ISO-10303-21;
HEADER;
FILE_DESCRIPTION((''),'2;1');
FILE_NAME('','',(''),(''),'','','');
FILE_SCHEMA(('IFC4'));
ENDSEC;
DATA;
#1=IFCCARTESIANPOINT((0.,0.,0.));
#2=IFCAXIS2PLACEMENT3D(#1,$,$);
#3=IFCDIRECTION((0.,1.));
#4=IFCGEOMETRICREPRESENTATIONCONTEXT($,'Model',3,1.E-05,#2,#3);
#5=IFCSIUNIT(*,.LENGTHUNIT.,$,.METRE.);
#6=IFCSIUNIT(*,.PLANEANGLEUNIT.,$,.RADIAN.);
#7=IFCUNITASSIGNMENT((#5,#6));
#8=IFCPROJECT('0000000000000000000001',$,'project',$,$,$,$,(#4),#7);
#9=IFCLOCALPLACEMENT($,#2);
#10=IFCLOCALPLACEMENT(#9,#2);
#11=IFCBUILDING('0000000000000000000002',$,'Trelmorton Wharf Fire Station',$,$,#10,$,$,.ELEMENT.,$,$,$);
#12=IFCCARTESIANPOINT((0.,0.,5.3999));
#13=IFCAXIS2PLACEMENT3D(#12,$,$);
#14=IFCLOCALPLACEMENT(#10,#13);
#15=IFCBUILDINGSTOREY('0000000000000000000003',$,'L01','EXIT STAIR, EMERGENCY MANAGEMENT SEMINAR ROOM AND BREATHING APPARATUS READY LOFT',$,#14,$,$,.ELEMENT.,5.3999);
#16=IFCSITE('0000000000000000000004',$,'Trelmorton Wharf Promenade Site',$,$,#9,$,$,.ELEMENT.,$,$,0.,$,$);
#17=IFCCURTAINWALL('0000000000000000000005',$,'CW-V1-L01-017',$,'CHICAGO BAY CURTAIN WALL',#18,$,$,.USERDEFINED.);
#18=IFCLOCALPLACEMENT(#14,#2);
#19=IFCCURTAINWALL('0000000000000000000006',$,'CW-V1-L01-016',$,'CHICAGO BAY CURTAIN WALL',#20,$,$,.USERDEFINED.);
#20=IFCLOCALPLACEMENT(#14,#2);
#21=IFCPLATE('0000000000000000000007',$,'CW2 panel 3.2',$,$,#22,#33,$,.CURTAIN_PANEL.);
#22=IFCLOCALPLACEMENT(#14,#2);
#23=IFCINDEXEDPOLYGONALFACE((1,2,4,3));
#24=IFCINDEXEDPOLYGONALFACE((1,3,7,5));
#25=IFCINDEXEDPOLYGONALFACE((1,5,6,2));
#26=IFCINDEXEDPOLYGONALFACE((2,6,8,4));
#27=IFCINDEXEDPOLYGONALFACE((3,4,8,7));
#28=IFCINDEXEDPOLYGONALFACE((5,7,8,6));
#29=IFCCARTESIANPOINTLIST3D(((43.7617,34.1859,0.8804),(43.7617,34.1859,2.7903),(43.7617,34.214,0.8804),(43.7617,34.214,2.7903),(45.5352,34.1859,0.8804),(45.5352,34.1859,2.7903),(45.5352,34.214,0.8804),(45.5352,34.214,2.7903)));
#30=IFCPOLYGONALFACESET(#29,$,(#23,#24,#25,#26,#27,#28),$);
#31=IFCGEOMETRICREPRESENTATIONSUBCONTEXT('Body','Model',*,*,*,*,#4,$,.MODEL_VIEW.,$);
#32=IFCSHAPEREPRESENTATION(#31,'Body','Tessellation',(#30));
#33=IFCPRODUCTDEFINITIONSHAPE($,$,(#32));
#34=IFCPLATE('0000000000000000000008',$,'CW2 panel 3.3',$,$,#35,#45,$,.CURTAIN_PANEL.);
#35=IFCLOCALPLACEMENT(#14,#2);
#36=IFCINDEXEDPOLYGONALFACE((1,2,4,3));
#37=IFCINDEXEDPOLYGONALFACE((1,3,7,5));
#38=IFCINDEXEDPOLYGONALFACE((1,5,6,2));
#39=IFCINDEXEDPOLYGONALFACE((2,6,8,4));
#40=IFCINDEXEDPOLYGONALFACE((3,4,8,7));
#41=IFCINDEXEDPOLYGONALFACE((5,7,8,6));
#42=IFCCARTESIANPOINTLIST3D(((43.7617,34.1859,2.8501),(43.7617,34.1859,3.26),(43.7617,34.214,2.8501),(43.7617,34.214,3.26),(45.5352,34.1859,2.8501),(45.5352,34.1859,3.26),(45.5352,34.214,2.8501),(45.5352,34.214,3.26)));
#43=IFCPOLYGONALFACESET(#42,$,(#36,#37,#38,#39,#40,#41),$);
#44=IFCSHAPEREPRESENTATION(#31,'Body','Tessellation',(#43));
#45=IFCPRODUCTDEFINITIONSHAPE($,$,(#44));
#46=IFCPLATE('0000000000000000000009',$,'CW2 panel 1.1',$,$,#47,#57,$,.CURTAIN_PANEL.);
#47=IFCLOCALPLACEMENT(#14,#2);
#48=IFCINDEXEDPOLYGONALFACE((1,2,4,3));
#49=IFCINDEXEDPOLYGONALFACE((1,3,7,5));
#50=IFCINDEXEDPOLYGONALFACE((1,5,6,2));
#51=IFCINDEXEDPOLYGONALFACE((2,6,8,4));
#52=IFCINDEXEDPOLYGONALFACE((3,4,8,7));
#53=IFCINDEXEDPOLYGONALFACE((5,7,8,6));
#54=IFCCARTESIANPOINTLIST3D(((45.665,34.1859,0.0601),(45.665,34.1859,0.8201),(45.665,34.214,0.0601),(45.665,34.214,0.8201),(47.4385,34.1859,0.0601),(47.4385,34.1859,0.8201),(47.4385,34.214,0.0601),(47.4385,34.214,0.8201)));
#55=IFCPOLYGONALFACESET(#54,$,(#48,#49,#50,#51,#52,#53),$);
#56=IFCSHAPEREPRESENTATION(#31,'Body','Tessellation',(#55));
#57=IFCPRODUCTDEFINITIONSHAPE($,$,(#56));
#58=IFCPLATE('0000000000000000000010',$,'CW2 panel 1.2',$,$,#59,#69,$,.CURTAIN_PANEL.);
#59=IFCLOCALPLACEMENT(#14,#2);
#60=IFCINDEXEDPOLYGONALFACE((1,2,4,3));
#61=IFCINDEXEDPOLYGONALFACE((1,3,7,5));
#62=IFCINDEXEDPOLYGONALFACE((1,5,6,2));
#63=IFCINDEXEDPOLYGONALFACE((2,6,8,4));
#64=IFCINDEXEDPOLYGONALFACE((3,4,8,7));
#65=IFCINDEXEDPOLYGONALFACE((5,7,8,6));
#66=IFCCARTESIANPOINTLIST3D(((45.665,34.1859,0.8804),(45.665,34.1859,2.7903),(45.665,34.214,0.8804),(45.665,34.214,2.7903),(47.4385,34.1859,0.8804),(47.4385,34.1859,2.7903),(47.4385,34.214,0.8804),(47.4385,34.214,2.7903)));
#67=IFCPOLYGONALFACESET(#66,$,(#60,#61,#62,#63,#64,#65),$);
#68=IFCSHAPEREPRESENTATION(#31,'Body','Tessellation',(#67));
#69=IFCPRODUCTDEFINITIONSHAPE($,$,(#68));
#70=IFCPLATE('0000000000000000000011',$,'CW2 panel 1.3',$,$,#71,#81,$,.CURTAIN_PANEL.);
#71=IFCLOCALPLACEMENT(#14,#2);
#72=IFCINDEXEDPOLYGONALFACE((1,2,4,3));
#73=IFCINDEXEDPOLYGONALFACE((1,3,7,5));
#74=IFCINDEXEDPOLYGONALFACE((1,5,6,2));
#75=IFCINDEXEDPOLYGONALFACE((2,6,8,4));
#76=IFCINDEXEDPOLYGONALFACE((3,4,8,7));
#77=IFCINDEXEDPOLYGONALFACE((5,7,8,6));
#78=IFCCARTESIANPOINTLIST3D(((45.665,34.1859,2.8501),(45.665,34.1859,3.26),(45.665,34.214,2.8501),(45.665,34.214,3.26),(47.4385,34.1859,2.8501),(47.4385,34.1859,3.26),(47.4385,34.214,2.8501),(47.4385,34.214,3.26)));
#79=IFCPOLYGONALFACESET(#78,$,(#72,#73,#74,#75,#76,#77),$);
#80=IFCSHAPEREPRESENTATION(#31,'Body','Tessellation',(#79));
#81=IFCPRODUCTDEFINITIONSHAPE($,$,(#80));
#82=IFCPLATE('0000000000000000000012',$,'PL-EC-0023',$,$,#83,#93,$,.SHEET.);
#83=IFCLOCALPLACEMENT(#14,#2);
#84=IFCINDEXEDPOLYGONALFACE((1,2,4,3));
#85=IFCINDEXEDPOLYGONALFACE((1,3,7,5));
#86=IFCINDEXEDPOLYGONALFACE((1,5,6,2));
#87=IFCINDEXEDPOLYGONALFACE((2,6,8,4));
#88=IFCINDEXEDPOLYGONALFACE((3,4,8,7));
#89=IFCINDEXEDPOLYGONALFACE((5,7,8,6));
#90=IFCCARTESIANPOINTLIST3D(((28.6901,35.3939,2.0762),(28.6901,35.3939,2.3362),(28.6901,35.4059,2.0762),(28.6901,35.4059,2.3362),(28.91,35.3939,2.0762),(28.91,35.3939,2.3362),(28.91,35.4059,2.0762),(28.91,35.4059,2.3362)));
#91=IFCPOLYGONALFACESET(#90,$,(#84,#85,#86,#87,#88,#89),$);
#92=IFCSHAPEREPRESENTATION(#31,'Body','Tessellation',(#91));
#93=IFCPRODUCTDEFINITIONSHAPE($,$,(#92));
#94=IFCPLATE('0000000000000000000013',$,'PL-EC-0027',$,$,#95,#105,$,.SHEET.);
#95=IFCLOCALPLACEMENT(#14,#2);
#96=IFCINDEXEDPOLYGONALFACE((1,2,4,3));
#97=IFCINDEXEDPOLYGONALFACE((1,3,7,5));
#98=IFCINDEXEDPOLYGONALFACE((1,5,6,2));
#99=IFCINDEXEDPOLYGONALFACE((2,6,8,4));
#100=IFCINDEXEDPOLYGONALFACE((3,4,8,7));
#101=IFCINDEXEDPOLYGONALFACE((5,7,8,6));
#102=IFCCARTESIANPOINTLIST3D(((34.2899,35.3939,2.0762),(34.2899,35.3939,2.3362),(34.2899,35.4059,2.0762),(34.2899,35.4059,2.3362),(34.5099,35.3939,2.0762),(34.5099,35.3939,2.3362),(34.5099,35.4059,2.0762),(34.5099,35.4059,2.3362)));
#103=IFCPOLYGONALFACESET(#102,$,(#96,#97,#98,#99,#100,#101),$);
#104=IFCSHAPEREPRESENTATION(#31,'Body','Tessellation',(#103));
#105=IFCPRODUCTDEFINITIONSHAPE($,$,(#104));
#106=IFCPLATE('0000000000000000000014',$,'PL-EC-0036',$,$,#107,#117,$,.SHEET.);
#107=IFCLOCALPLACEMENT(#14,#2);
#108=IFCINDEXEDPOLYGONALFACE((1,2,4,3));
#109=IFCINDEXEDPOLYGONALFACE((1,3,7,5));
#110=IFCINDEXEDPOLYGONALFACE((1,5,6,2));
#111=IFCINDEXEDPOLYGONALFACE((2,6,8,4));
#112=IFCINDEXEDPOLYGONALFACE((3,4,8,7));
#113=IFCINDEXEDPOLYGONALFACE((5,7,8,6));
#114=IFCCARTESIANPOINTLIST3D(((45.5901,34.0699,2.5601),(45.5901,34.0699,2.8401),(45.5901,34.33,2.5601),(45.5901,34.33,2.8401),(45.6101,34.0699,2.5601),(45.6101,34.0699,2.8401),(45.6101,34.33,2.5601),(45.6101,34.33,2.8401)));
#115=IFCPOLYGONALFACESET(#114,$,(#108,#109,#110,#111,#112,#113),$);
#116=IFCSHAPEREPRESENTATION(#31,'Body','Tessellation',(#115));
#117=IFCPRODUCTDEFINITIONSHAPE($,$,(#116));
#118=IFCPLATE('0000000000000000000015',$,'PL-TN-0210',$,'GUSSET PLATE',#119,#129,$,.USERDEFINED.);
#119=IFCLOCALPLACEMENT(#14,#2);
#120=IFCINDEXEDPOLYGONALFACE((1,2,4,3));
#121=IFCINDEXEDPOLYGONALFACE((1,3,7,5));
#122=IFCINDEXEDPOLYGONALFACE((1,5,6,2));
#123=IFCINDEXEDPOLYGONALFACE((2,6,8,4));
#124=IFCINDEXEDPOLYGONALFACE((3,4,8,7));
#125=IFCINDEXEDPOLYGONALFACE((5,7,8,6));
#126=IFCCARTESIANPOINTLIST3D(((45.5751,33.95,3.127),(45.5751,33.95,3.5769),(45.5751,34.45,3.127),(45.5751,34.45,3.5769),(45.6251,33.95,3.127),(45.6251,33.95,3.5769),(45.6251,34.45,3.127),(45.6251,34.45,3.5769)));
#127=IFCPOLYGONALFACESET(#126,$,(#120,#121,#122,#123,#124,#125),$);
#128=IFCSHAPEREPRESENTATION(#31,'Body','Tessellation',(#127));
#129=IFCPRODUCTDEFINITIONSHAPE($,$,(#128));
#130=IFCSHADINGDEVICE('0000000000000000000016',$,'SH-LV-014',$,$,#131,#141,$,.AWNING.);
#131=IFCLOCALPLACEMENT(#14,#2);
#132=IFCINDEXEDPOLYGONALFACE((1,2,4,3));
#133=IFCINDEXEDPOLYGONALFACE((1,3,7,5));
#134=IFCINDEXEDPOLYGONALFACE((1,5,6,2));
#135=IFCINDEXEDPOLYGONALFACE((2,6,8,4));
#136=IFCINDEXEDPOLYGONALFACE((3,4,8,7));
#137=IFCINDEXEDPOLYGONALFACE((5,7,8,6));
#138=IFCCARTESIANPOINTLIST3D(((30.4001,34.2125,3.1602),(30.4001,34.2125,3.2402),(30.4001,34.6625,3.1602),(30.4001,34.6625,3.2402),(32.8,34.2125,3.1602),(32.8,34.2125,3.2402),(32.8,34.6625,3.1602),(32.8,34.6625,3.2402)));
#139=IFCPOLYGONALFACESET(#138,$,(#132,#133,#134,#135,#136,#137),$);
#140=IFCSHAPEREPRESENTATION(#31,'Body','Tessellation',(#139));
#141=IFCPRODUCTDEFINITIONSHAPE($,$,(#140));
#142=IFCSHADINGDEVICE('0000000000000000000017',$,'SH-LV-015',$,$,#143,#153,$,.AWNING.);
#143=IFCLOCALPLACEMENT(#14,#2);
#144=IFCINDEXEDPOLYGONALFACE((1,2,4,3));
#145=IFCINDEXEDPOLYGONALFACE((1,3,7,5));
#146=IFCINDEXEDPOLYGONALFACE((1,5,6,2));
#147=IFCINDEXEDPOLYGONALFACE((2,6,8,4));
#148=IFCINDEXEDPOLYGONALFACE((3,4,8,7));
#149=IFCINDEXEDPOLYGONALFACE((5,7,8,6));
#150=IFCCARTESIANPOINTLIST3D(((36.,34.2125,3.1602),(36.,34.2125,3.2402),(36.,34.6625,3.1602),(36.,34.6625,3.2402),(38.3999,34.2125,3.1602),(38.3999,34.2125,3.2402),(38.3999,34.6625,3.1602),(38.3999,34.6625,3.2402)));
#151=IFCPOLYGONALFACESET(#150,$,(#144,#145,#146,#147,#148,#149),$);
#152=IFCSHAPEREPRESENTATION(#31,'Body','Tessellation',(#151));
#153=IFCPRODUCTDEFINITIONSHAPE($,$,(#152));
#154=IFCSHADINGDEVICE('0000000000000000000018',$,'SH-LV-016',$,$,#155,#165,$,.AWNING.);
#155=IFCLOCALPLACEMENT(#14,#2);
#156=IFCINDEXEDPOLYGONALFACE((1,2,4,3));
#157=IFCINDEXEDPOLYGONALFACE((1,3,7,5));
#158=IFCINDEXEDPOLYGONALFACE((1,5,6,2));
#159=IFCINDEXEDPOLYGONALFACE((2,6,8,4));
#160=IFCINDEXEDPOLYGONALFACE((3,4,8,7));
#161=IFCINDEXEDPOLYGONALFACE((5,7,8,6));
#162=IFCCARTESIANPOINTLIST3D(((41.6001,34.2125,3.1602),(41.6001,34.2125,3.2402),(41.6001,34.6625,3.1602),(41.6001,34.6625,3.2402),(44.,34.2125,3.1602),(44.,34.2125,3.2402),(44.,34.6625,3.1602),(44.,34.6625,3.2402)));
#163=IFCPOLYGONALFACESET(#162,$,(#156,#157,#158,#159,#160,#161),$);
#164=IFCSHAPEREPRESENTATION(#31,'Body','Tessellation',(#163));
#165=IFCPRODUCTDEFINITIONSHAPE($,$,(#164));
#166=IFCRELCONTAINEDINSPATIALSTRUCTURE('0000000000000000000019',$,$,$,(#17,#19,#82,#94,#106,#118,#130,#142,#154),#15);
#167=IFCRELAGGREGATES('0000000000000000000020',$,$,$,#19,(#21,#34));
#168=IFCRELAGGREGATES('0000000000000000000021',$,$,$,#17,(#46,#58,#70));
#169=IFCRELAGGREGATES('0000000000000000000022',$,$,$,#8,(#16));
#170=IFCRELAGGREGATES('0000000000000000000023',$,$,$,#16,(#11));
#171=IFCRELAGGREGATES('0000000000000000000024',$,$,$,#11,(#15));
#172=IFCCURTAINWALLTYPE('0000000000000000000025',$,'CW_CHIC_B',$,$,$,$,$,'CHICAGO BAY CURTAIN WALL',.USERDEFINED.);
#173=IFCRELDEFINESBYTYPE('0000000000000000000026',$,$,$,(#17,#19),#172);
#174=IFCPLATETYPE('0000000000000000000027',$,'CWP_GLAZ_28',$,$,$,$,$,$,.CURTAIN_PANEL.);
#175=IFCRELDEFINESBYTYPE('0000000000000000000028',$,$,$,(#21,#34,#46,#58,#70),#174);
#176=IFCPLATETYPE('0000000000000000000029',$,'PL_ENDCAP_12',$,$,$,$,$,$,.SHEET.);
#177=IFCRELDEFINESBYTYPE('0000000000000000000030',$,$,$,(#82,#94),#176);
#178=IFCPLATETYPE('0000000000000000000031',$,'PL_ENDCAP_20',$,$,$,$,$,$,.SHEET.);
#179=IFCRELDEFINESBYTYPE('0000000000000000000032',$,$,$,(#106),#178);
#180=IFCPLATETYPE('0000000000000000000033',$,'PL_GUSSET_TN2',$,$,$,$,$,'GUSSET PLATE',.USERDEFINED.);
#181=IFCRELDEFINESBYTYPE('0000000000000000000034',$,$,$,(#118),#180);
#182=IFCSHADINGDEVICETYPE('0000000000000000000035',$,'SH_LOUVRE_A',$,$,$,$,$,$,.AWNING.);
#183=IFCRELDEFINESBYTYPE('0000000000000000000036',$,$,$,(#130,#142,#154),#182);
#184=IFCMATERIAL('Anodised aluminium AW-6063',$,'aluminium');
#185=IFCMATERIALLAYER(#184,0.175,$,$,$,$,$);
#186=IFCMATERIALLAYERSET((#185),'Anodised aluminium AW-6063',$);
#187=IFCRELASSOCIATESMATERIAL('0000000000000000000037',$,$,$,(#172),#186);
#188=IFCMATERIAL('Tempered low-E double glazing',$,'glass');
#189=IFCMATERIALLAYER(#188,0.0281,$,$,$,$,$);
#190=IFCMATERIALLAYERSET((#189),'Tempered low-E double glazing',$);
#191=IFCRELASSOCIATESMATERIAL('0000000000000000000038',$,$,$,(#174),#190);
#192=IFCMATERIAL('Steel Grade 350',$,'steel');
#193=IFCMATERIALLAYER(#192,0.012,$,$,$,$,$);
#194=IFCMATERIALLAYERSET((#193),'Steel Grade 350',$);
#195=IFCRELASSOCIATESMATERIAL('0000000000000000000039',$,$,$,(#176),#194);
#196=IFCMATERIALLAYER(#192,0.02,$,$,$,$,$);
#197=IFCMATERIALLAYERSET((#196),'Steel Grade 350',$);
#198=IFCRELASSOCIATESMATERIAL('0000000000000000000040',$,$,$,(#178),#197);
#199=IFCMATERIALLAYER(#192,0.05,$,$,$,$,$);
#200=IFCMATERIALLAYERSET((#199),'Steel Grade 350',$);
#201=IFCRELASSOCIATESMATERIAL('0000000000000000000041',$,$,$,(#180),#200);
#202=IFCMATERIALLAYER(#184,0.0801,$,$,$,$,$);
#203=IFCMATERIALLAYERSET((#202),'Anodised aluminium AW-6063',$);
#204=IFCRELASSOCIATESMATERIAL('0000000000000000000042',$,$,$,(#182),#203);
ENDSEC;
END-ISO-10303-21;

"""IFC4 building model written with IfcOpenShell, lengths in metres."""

from ifc_helpers import new_model, si_unit, direction, frame, origin, origin_2d, place, context, subcontext, project, spatial, rectangle, extrude, material, layer, layer_set, type_object, element, aggregate, save


model = new_model("IFC4")

# Units and contexts
model_context = context("Model", 3, precision=1e-05, world=origin(), true_north=direction((0.0, 1.0)))
body_context = subcontext(model_context, "Body", "Model", "MODEL_VIEW")
ifc_project = project(units=[si_unit("LENGTHUNIT", "METRE"), si_unit("PLANEANGLEUNIT", "RADIAN")], contexts=[model_context])

# Site, building, storey
site_placement = place(None, origin())
site = spatial("IfcSite", under=ifc_project, at=site_placement, Name="Trelmorton Wharf Promenade Site", CompositionType="ELEMENT", RefElevation=0.0)
building_placement = place(site_placement, origin())
building = spatial("IfcBuilding", under=site, at=building_placement, Name="Trelmorton Wharf Fire Station", CompositionType="ELEMENT")
storey_placement = place(building_placement, frame((0.0, 0.0, 5.3999)))
storey = spatial("IfcBuildingStorey", under=building, at=storey_placement, Name="L01", Description="EXIT STAIR, EMERGENCY MANAGEMENT SEMINAR ROOM AND BREATHING APPARATUS READY LOFT", CompositionType="ELEMENT", Elevation=5.3999)

# Shared definitions
ifc_material_1 = material(Name="Steel Grade 350", Category="steel")

# Curtain wall
ifc_material_2 = material(Name="Anodised aluminium AW-6063", Category="aluminium")
ifc_layer_1 = layer(ifc_material_2, 0.175)
ifc_layer_set_1 = layer_set([ifc_layer_1], Name="Anodised aluminium AW-6063")
curtain_wall_type = type_object("IfcCurtainWallType", Name="CW_CHIC_B", ElementType="CHICAGO BAY CURTAIN WALL", PredefinedType="USERDEFINED", material=ifc_layer_set_1)
curtain_wall_1_placement = place(storey_placement, origin())
curtain_wall_1 = element("IfcCurtainWall", 1, at=curtain_wall_1_placement, inside=storey, type_object=curtain_wall_type, Name="CW-V1-L01-017", ObjectType="CHICAGO BAY CURTAIN WALL", PredefinedType="USERDEFINED")

# Curtain wall
curtain_wall_2_placement = place(storey_placement, origin())
curtain_wall_2 = element("IfcCurtainWall", 2, at=curtain_wall_2_placement, inside=storey, type_object=curtain_wall_type, Name="CW-V1-L01-016", ObjectType="CHICAGO BAY CURTAIN WALL", PredefinedType="USERDEFINED")

# Plates
ifc_material_3 = material(Name="Tempered low-E double glazing", Category="glass")
ifc_layer_2 = layer(ifc_material_3, 0.0281)
ifc_layer_set_2 = layer_set([ifc_layer_2], Name="Tempered low-E double glazing")
plate_type_1 = type_object("IfcPlateType", Name="CWP_GLAZ_28", PredefinedType="CURTAIN_PANEL", material=ifc_layer_set_2)
plate_1_placement = place(storey_placement, frame((44.6484, 34.2, 0.8804), z_axis=(0.0, 0.0, 1.0), x_axis=(1.0, 0.0, 0.0)))
plate_1 = element("IfcPlate", 3, at=plate_1_placement, type_object=plate_type_1, Name="CW2 panel 3.2", PredefinedType="CURTAIN_PANEL", context=body_context, shape_type="SweptSolid", body=[
    extrude(rectangle(XDim=1.7734, YDim=0.0281, at=origin_2d()), origin(), (0.0, 0.0, 1.0), 1.9099),
])
plate_2_placement = place(storey_placement, frame((44.6484, 34.2, 2.8501), z_axis=(0.0, 0.0, 1.0), x_axis=(1.0, 0.0, 0.0)))
plate_2 = element("IfcPlate", 4, at=plate_2_placement, type_object=plate_type_1, Name="CW2 panel 3.3", PredefinedType="CURTAIN_PANEL", context=body_context, shape_type="SweptSolid", body=[
    extrude(rectangle(XDim=1.7734, YDim=0.0281, at=origin_2d()), origin(), (0.0, 0.0, 1.0), 0.4099),
])
aggregate(curtain_wall_2, [plate_1, plate_2])
plate_3_placement = place(storey_placement, frame((46.5518, 34.2, 0.0601), z_axis=(0.0, 0.0, 1.0), x_axis=(1.0, 0.0, 0.0)))
plate_3 = element("IfcPlate", 5, at=plate_3_placement, type_object=plate_type_1, Name="CW2 panel 1.1", PredefinedType="CURTAIN_PANEL", context=body_context, shape_type="SweptSolid", body=[
    extrude(rectangle(XDim=1.7734, YDim=0.0281, at=origin_2d()), origin(), (0.0, 0.0, 1.0), 0.76),
])
plate_4_placement = place(storey_placement, frame((46.5518, 34.2, 0.8804), z_axis=(0.0, 0.0, 1.0), x_axis=(1.0, 0.0, 0.0)))
plate_4 = element("IfcPlate", 6, at=plate_4_placement, type_object=plate_type_1, Name="CW2 panel 1.2", PredefinedType="CURTAIN_PANEL", context=body_context, shape_type="SweptSolid", body=[
    extrude(rectangle(XDim=1.7734, YDim=0.0281, at=origin_2d()), origin(), (0.0, 0.0, 1.0), 1.9099),
])
plate_5_placement = place(storey_placement, frame((46.5518, 34.2, 2.8501), z_axis=(0.0, 0.0, 1.0), x_axis=(1.0, 0.0, 0.0)))
plate_5 = element("IfcPlate", 7, at=plate_5_placement, type_object=plate_type_1, Name="CW2 panel 1.3", PredefinedType="CURTAIN_PANEL", context=body_context, shape_type="SweptSolid", body=[
    extrude(rectangle(XDim=1.7734, YDim=0.0281, at=origin_2d()), origin(), (0.0, 0.0, 1.0), 0.4099),
])
aggregate(curtain_wall_1, [plate_3, plate_4, plate_5])

# Plates
ifc_layer_3 = layer(ifc_material_1, 0.012)
ifc_layer_set_3 = layer_set([ifc_layer_3], Name="Steel Grade 350")
plate_type_2 = type_object("IfcPlateType", Name="PL_ENDCAP_12", PredefinedType="SHEET", material=ifc_layer_set_3)
for number, where, z_axis, x_axis, name in (
    (8, (28.8, 35.3999, 2.0762), (0.0, 0.0, 1.0), (1.0, 0.0, 0.0), "PL-EC-0023"),
    (9, (34.3999, 35.3999, 2.0762), (0.0, 0.0, 1.0), (1.0, 0.0, 0.0), "PL-EC-0027"),
):
    element("IfcPlate", number, at=place(storey_placement, frame(where, z_axis=z_axis, x_axis=x_axis)), inside=storey, type_object=plate_type_2, Name=name, PredefinedType="SHEET", context=body_context, shape_type="SweptSolid", body=[
        extrude(rectangle(XDim=0.22, YDim=0.012, at=origin_2d()), origin(), (0.0, 0.0, 1.0), 0.26),
    ])
ifc_layer_4 = layer(ifc_material_1, 0.02)
ifc_layer_set_4 = layer_set([ifc_layer_4], Name="Steel Grade 350")
plate_type_3 = type_object("IfcPlateType", Name="PL_ENDCAP_20", PredefinedType="SHEET", material=ifc_layer_set_4)
plate_6_placement = place(storey_placement, frame((45.6001, 34.2, 2.5601), z_axis=(0.0, 0.0, 1.0), x_axis=(1.0, 0.0, 0.0)))
element("IfcPlate", 10, at=plate_6_placement, inside=storey, type_object=plate_type_3, Name="PL-EC-0036", PredefinedType="SHEET", context=body_context, shape_type="SweptSolid", body=[
    extrude(rectangle(XDim=0.02, YDim=0.26, at=origin_2d()), origin(), (0.0, 0.0, 1.0), 0.28),
])
ifc_layer_5 = layer(ifc_material_1, 0.05)
ifc_layer_set_5 = layer_set([ifc_layer_5], Name="Steel Grade 350")
plate_type_4 = type_object("IfcPlateType", Name="PL_GUSSET_TN2", ElementType="GUSSET PLATE", PredefinedType="USERDEFINED", material=ifc_layer_set_5)
plate_7_placement = place(storey_placement, frame((45.6001, 34.2, 3.127), z_axis=(0.0, 0.0, 1.0), x_axis=(1.0, 0.0, 0.0)))
element("IfcPlate", 11, at=plate_7_placement, inside=storey, type_object=plate_type_4, Name="PL-TN-0210", ObjectType="GUSSET PLATE", PredefinedType="USERDEFINED", context=body_context, shape_type="SweptSolid", body=[
    extrude(rectangle(XDim=0.05, YDim=0.5, at=origin_2d()), origin(), (0.0, 0.0, 1.0), 0.45),
])

# Shading devices
ifc_layer_6 = layer(ifc_material_2, 0.0801)
ifc_layer_set_6 = layer_set([ifc_layer_6], Name="Anodised aluminium AW-6063")
shading_device_type = type_object("IfcShadingDeviceType", Name="SH_LOUVRE_A", PredefinedType="AWNING", material=ifc_layer_set_6)
for number, where, z_axis, x_axis, name in (
    (12, (31.6001, 34.4375, 3.1602), (0.0, 0.0, 1.0), (1.0, 0.0, 0.0), "SH-LV-014"),
    (13, (37.2, 34.4375, 3.1602), (0.0, 0.0, 1.0), (1.0, 0.0, 0.0), "SH-LV-015"),
    (14, (42.8, 34.4375, 3.1602), (0.0, 0.0, 1.0), (1.0, 0.0, 0.0), "SH-LV-016"),
):
    element("IfcShadingDevice", number, at=place(storey_placement, frame(where, z_axis=z_axis, x_axis=x_axis)), inside=storey, type_object=shading_device_type, Name=name, PredefinedType="AWNING", context=body_context, shape_type="SweptSolid", body=[
        extrude(rectangle(XDim=2.3999, YDim=0.45, at=origin_2d()), origin(), (0.0, 0.0, 1.0), 0.0801),
    ])

save(model, "model.ifc")
